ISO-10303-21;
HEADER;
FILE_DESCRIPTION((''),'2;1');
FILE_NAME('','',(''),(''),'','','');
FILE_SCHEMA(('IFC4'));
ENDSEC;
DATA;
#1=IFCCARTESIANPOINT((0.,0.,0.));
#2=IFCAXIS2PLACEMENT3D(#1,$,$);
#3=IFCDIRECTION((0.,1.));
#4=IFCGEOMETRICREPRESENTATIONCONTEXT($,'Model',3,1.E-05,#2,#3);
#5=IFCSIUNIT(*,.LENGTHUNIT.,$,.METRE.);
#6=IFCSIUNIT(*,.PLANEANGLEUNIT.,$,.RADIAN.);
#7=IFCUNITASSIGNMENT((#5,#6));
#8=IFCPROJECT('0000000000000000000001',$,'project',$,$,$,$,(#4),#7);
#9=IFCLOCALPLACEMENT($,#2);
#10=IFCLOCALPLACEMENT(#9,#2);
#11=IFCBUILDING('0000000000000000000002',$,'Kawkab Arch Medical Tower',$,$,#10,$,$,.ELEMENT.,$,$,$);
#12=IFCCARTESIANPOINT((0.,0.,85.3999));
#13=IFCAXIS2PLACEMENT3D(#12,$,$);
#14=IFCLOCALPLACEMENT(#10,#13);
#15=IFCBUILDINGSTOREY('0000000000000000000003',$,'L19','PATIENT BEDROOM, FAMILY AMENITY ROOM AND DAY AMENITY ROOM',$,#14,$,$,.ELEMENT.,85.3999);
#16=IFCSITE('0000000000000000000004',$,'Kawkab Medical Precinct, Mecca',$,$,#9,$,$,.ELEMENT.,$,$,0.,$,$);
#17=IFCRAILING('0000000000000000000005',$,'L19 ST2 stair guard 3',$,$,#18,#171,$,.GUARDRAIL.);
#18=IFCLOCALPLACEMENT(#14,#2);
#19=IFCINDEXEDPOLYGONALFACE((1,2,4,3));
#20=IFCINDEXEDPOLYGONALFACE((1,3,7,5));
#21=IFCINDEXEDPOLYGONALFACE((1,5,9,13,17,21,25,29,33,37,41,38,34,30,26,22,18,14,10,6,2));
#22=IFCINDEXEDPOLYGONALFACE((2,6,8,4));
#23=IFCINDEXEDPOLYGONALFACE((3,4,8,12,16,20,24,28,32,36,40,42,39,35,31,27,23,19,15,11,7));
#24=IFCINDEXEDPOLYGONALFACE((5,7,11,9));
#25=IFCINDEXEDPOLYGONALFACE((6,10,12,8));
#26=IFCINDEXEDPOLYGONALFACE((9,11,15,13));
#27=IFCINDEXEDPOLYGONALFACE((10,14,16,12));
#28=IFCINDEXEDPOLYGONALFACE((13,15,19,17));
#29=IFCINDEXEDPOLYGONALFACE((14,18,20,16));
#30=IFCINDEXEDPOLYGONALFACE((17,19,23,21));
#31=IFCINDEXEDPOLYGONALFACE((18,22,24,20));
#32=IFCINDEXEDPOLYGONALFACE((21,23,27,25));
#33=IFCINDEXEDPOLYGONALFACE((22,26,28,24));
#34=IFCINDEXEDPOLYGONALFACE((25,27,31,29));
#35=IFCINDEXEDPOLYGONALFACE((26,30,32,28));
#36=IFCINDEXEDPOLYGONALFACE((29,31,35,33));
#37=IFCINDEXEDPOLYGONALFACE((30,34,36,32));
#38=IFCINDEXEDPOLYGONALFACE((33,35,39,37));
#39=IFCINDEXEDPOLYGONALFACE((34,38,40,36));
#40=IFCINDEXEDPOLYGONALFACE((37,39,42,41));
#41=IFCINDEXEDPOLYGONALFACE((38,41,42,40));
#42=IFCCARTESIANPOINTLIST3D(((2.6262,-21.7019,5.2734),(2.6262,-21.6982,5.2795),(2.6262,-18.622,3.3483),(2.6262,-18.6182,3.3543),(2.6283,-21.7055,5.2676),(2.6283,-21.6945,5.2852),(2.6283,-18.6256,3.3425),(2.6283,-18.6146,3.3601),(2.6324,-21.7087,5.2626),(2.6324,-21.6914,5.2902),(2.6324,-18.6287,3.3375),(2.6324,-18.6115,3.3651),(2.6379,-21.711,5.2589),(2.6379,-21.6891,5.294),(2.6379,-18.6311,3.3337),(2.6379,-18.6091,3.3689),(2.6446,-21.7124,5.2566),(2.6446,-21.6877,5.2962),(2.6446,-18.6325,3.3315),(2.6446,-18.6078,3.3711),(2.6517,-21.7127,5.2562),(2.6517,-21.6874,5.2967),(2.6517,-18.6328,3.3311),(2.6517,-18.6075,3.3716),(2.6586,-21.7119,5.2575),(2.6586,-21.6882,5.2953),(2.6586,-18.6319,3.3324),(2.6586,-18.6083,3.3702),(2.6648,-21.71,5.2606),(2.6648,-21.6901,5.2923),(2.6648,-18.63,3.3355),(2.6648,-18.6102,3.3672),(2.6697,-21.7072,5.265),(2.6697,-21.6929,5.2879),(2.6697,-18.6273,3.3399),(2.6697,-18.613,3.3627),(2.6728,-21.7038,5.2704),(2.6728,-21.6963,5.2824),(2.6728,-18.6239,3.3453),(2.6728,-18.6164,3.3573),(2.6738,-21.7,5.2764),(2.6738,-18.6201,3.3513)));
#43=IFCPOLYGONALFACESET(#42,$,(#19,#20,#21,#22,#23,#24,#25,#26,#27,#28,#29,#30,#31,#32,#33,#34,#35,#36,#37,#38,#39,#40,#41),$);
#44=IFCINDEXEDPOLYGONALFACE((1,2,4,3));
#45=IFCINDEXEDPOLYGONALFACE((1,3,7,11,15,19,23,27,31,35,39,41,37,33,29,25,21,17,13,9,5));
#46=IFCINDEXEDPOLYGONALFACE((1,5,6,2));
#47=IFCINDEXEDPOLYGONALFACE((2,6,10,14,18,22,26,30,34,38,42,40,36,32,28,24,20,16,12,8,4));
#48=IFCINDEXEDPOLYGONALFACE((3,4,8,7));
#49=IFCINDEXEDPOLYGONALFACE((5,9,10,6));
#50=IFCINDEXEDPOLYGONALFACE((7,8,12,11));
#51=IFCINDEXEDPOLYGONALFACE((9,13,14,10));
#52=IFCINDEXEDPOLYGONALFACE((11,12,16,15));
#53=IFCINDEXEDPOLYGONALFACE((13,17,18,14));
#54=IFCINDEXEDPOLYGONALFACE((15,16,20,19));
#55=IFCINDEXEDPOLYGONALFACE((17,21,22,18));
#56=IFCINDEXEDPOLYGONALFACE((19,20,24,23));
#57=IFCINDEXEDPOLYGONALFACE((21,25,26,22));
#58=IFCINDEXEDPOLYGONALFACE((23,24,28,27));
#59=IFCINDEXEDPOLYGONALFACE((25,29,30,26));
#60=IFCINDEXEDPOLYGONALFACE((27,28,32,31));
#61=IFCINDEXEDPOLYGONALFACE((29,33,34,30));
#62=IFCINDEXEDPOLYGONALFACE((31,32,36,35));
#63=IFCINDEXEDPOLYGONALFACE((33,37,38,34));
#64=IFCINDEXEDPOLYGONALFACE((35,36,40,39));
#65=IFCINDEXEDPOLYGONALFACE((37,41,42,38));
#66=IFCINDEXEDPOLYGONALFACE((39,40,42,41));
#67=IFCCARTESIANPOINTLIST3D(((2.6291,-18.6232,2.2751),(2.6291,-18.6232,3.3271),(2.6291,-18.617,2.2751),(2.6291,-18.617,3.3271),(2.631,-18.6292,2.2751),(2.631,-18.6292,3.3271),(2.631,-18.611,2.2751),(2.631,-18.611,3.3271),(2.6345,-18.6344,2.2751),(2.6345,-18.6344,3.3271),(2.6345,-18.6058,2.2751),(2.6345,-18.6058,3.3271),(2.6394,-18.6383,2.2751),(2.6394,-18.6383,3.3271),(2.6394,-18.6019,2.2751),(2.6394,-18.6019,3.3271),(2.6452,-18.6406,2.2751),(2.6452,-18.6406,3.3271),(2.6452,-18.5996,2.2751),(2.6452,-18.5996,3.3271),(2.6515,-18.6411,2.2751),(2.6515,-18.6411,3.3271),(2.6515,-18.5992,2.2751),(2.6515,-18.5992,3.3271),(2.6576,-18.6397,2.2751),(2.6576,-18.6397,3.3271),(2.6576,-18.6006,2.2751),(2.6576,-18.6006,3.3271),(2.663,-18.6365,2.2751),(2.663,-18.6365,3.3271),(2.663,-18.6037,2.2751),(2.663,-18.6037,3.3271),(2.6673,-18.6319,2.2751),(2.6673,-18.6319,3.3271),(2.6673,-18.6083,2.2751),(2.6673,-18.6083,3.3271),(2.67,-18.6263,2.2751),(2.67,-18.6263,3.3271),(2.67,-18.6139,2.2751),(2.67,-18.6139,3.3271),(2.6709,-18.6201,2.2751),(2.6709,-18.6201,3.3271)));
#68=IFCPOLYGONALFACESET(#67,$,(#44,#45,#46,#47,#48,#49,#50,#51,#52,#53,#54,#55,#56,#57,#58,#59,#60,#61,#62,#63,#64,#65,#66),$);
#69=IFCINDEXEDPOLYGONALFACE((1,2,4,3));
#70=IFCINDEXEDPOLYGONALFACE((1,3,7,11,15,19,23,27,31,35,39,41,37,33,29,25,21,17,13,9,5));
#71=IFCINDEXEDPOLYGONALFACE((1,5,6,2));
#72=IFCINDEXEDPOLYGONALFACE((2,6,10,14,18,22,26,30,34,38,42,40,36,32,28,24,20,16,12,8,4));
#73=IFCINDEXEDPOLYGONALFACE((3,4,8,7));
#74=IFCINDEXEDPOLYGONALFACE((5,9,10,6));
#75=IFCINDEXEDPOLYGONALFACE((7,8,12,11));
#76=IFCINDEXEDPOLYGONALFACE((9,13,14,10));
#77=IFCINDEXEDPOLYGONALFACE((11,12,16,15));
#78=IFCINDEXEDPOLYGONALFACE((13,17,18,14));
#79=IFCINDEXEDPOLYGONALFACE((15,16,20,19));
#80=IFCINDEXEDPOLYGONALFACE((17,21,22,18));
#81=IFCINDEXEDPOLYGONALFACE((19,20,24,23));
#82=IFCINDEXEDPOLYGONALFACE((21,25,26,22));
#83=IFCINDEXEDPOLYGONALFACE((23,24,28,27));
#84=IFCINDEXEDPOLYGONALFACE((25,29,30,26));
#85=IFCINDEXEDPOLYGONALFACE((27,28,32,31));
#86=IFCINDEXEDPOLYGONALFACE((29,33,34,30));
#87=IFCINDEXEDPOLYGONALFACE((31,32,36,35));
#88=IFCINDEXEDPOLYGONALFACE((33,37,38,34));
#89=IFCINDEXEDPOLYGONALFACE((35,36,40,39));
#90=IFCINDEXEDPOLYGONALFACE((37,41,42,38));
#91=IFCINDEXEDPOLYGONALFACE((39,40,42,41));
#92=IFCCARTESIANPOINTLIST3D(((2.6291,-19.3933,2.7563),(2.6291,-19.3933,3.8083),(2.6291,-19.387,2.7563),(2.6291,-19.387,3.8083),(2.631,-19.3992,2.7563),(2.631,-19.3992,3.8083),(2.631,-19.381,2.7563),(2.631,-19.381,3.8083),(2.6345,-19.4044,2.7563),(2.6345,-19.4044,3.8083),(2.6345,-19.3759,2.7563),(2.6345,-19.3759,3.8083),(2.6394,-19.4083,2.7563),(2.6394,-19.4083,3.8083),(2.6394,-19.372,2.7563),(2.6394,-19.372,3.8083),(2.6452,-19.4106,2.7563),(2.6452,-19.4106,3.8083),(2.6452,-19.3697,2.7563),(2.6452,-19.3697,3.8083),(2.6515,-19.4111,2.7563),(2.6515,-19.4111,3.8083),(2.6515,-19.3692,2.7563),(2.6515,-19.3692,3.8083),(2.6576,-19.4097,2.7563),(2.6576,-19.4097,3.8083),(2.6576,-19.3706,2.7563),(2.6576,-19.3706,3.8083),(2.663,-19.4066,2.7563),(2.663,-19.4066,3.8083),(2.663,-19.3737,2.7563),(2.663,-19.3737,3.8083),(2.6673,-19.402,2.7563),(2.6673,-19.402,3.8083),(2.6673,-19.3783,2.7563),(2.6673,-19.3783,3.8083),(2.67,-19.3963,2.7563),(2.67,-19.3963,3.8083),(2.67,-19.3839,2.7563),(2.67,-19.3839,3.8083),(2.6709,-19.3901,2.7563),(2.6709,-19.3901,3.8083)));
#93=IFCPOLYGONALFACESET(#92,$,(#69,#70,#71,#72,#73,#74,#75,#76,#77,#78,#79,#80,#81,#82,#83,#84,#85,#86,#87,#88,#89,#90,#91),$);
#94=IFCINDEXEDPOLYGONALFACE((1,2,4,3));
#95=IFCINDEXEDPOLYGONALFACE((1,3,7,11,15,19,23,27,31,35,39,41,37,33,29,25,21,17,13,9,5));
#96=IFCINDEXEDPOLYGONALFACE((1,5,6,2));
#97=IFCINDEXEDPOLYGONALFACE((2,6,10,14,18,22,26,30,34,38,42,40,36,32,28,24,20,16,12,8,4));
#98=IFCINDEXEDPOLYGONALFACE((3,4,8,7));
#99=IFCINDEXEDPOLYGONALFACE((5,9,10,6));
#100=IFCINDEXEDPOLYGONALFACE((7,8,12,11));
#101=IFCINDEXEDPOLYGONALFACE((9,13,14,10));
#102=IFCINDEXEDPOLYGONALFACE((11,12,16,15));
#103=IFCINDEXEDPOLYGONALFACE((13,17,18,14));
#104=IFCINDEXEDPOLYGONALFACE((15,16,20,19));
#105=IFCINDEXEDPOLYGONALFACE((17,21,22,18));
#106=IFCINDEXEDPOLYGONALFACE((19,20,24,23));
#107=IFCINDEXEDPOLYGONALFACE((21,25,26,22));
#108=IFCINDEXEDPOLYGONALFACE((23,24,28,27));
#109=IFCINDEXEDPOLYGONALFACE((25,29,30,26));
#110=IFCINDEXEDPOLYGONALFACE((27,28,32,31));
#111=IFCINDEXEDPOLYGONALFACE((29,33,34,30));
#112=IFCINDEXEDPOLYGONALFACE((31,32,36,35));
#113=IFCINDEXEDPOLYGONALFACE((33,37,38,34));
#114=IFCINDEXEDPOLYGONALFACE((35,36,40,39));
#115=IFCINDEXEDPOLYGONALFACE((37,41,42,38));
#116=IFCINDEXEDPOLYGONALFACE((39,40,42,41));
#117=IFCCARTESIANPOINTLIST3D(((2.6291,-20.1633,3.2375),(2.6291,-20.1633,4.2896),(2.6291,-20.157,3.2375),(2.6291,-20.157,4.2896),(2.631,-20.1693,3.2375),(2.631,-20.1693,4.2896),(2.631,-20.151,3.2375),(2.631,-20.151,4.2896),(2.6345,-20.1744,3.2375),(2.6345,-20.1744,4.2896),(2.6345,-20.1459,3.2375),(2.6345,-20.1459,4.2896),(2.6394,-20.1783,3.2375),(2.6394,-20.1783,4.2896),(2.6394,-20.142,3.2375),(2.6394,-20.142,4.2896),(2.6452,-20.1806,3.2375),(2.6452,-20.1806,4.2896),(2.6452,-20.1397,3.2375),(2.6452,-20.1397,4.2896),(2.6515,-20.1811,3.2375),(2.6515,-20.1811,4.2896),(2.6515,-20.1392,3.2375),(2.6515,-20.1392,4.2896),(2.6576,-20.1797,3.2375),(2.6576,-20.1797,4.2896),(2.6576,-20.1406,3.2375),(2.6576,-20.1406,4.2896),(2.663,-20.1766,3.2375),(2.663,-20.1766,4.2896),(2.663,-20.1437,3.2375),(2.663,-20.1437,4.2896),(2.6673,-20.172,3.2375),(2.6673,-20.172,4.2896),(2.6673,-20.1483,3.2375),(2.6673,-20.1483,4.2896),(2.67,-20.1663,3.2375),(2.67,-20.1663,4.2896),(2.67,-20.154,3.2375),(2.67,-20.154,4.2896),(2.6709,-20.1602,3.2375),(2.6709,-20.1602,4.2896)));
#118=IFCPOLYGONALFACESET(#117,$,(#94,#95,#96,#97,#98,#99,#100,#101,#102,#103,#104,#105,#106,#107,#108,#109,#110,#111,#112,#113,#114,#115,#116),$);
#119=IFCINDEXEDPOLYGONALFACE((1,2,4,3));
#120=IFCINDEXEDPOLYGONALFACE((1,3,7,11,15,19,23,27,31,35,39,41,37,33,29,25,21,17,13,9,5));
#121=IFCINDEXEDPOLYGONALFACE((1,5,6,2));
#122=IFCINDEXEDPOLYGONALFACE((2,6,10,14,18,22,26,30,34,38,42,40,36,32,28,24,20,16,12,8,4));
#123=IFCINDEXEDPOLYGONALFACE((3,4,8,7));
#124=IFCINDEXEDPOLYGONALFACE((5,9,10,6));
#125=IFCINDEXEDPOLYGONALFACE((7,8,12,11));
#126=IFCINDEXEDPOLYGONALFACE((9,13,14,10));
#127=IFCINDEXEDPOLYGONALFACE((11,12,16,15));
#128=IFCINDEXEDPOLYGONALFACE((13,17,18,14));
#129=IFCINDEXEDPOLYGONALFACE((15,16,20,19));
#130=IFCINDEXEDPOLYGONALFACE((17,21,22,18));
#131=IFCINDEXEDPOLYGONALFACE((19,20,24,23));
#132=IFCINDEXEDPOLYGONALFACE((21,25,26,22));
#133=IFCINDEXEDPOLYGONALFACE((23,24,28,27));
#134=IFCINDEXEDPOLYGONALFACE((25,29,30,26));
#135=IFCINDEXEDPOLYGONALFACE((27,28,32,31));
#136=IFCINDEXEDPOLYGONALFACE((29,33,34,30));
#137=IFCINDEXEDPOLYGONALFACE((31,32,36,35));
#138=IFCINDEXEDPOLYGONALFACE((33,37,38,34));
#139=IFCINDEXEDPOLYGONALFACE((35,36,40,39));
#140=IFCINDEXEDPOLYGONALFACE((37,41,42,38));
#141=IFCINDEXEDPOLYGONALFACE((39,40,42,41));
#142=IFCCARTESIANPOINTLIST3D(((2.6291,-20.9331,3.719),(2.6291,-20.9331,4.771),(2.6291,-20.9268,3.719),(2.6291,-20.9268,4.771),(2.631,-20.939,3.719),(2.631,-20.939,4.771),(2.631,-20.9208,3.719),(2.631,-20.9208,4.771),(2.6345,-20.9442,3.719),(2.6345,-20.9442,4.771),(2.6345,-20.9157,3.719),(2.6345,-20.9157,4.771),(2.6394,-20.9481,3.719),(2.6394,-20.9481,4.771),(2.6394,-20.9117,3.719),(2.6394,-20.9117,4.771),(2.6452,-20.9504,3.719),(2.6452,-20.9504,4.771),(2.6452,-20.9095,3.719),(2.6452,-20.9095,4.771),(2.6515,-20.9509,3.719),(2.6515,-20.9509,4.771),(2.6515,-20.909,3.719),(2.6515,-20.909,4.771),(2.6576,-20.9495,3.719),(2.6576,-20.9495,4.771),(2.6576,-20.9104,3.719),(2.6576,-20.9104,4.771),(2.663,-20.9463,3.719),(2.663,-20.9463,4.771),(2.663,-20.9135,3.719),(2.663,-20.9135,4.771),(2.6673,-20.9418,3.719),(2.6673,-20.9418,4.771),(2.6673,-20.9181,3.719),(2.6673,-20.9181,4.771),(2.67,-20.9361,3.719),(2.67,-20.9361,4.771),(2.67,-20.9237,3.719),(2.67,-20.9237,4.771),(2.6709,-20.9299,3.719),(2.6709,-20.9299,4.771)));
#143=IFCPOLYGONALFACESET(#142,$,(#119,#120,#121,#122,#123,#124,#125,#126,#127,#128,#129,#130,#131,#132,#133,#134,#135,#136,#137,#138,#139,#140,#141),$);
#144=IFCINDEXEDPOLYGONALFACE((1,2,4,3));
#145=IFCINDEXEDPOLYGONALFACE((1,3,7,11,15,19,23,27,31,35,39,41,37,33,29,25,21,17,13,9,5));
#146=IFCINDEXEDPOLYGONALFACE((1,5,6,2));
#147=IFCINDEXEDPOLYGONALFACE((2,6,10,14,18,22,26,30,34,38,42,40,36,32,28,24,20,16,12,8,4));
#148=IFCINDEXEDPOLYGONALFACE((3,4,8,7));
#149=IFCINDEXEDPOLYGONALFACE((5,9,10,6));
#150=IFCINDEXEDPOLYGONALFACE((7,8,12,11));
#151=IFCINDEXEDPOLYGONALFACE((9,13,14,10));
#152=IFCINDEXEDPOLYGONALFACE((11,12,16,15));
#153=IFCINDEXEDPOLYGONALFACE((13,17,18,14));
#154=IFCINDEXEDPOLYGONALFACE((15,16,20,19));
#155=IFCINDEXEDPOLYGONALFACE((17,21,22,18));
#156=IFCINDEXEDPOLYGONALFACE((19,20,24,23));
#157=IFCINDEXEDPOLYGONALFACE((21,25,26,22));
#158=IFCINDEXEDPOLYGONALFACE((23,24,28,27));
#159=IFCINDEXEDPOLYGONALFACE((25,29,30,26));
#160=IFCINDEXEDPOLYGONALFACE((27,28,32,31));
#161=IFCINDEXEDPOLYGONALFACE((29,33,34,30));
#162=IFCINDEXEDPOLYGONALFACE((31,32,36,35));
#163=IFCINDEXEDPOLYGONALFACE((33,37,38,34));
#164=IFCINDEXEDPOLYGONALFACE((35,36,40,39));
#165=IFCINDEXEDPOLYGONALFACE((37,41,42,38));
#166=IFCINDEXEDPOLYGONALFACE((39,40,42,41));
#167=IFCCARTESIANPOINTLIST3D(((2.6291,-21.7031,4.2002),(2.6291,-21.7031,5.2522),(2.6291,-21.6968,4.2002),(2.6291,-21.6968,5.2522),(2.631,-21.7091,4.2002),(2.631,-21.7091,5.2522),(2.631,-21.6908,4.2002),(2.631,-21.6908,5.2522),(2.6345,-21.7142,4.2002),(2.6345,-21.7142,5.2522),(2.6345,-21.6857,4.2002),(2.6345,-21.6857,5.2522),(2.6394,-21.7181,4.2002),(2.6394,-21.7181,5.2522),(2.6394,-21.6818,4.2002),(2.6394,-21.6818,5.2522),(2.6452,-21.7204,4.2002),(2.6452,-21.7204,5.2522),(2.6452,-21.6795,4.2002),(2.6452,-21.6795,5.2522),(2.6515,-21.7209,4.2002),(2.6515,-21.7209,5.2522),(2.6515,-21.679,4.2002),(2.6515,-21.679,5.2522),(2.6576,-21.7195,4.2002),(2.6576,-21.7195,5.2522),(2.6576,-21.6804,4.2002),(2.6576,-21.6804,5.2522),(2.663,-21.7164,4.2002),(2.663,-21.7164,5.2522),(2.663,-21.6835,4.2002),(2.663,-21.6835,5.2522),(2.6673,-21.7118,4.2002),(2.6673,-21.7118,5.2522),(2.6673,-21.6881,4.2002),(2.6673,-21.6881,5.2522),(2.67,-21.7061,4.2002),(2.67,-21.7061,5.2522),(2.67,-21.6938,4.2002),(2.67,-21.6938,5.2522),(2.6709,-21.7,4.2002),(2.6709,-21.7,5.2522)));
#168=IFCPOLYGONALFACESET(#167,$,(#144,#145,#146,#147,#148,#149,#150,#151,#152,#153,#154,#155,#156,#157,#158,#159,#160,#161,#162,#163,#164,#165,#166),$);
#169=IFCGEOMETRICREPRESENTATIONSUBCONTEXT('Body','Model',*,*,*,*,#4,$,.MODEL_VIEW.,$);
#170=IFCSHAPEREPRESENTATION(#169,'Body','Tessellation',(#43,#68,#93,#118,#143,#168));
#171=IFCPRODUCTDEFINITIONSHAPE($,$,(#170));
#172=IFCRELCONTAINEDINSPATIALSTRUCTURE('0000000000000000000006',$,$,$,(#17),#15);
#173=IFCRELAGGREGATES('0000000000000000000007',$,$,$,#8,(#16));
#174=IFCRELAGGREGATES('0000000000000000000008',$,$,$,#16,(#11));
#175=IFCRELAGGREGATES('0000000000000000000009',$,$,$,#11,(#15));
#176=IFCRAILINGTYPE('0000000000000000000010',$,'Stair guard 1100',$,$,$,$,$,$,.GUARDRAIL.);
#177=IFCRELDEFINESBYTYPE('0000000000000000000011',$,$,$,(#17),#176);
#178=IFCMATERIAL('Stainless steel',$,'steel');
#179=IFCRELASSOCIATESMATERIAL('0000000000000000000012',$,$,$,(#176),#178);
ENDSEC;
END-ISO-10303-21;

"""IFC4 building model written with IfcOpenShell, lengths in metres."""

from ifc_helpers import new_model, si_unit, direction, frame, origin, origin_2d, place, context, subcontext, project, spatial, circle, extrude, material, type_object, element, save


model = new_model("IFC4")

# Units and contexts
model_context = context("Model", 3, precision=1e-05, world=origin(), true_north=direction((0.0, 1.0)))
body_context = subcontext(model_context, "Body", "Model", "MODEL_VIEW")
ifc_project = project(units=[si_unit("LENGTHUNIT", "METRE"), si_unit("PLANEANGLEUNIT", "RADIAN")], contexts=[model_context])

# Site, building, storey
site_placement = place(None, origin())
site = spatial("IfcSite", under=ifc_project, at=site_placement, Name="Kawkab Medical Precinct, Mecca", CompositionType="ELEMENT", RefElevation=0.0)
building_placement = place(site_placement, origin())
building = spatial("IfcBuilding", under=site, at=building_placement, Name="Kawkab Arch Medical Tower", CompositionType="ELEMENT")
storey_placement = place(building_placement, frame((0.0, 0.0, 85.3999)))
storey = spatial("IfcBuildingStorey", under=building, at=storey_placement, Name="L19", Description="PATIENT BEDROOM, FAMILY AMENITY ROOM AND DAY AMENITY ROOM", CompositionType="ELEMENT", Elevation=85.3999)

# Railing
ifc_material_1 = material(Name="Stainless steel", Category="steel")
railing_type_1 = type_object("IfcRailingType", Name="Stair guard 1100", PredefinedType="GUARDRAIL", material=ifc_material_1)
railing_1_placement = place(storey_placement, frame((2.6499, -18.6201, 2.2751)))
element("IfcRailing", 1, at=railing_1_placement, inside=storey, type_object=railing_type_1, Name="L19 ST2 stair guard 3", PredefinedType="GUARDRAIL", context=body_context, shape_type="SweptSolid", body=[
    extrude(circle(Radius=0.0239, at=origin_2d()), frame((0.0, 0.0, 1.0762), z_axis=(0.0, -0.847979, 0.530029), x_axis=(1.0, 0.0, 0.0)), (0.0, 0.0, 1.0), 3.6321),
    extrude(circle(Radius=0.021, at=origin_2d()), origin(), (0.0, 0.0, 1.0), 1.052),
    extrude(circle(Radius=0.021, at=origin_2d()), frame((0.0, -0.77, 0.4812)), (0.0, 0.0, 1.0), 1.052),
    extrude(circle(Radius=0.021, at=origin_2d()), frame((0.0, -1.54, 0.9624)), (0.0, 0.0, 1.0), 1.052),
    extrude(circle(Radius=0.021, at=origin_2d()), frame((0.0, -2.3098, 1.4438)), (0.0, 0.0, 1.0), 1.052),
    extrude(circle(Radius=0.021, at=origin_2d()), frame((0.0, -3.0798, 1.925)), (0.0, 0.0, 1.0), 1.052),
])

save(model, "model.ifc")
